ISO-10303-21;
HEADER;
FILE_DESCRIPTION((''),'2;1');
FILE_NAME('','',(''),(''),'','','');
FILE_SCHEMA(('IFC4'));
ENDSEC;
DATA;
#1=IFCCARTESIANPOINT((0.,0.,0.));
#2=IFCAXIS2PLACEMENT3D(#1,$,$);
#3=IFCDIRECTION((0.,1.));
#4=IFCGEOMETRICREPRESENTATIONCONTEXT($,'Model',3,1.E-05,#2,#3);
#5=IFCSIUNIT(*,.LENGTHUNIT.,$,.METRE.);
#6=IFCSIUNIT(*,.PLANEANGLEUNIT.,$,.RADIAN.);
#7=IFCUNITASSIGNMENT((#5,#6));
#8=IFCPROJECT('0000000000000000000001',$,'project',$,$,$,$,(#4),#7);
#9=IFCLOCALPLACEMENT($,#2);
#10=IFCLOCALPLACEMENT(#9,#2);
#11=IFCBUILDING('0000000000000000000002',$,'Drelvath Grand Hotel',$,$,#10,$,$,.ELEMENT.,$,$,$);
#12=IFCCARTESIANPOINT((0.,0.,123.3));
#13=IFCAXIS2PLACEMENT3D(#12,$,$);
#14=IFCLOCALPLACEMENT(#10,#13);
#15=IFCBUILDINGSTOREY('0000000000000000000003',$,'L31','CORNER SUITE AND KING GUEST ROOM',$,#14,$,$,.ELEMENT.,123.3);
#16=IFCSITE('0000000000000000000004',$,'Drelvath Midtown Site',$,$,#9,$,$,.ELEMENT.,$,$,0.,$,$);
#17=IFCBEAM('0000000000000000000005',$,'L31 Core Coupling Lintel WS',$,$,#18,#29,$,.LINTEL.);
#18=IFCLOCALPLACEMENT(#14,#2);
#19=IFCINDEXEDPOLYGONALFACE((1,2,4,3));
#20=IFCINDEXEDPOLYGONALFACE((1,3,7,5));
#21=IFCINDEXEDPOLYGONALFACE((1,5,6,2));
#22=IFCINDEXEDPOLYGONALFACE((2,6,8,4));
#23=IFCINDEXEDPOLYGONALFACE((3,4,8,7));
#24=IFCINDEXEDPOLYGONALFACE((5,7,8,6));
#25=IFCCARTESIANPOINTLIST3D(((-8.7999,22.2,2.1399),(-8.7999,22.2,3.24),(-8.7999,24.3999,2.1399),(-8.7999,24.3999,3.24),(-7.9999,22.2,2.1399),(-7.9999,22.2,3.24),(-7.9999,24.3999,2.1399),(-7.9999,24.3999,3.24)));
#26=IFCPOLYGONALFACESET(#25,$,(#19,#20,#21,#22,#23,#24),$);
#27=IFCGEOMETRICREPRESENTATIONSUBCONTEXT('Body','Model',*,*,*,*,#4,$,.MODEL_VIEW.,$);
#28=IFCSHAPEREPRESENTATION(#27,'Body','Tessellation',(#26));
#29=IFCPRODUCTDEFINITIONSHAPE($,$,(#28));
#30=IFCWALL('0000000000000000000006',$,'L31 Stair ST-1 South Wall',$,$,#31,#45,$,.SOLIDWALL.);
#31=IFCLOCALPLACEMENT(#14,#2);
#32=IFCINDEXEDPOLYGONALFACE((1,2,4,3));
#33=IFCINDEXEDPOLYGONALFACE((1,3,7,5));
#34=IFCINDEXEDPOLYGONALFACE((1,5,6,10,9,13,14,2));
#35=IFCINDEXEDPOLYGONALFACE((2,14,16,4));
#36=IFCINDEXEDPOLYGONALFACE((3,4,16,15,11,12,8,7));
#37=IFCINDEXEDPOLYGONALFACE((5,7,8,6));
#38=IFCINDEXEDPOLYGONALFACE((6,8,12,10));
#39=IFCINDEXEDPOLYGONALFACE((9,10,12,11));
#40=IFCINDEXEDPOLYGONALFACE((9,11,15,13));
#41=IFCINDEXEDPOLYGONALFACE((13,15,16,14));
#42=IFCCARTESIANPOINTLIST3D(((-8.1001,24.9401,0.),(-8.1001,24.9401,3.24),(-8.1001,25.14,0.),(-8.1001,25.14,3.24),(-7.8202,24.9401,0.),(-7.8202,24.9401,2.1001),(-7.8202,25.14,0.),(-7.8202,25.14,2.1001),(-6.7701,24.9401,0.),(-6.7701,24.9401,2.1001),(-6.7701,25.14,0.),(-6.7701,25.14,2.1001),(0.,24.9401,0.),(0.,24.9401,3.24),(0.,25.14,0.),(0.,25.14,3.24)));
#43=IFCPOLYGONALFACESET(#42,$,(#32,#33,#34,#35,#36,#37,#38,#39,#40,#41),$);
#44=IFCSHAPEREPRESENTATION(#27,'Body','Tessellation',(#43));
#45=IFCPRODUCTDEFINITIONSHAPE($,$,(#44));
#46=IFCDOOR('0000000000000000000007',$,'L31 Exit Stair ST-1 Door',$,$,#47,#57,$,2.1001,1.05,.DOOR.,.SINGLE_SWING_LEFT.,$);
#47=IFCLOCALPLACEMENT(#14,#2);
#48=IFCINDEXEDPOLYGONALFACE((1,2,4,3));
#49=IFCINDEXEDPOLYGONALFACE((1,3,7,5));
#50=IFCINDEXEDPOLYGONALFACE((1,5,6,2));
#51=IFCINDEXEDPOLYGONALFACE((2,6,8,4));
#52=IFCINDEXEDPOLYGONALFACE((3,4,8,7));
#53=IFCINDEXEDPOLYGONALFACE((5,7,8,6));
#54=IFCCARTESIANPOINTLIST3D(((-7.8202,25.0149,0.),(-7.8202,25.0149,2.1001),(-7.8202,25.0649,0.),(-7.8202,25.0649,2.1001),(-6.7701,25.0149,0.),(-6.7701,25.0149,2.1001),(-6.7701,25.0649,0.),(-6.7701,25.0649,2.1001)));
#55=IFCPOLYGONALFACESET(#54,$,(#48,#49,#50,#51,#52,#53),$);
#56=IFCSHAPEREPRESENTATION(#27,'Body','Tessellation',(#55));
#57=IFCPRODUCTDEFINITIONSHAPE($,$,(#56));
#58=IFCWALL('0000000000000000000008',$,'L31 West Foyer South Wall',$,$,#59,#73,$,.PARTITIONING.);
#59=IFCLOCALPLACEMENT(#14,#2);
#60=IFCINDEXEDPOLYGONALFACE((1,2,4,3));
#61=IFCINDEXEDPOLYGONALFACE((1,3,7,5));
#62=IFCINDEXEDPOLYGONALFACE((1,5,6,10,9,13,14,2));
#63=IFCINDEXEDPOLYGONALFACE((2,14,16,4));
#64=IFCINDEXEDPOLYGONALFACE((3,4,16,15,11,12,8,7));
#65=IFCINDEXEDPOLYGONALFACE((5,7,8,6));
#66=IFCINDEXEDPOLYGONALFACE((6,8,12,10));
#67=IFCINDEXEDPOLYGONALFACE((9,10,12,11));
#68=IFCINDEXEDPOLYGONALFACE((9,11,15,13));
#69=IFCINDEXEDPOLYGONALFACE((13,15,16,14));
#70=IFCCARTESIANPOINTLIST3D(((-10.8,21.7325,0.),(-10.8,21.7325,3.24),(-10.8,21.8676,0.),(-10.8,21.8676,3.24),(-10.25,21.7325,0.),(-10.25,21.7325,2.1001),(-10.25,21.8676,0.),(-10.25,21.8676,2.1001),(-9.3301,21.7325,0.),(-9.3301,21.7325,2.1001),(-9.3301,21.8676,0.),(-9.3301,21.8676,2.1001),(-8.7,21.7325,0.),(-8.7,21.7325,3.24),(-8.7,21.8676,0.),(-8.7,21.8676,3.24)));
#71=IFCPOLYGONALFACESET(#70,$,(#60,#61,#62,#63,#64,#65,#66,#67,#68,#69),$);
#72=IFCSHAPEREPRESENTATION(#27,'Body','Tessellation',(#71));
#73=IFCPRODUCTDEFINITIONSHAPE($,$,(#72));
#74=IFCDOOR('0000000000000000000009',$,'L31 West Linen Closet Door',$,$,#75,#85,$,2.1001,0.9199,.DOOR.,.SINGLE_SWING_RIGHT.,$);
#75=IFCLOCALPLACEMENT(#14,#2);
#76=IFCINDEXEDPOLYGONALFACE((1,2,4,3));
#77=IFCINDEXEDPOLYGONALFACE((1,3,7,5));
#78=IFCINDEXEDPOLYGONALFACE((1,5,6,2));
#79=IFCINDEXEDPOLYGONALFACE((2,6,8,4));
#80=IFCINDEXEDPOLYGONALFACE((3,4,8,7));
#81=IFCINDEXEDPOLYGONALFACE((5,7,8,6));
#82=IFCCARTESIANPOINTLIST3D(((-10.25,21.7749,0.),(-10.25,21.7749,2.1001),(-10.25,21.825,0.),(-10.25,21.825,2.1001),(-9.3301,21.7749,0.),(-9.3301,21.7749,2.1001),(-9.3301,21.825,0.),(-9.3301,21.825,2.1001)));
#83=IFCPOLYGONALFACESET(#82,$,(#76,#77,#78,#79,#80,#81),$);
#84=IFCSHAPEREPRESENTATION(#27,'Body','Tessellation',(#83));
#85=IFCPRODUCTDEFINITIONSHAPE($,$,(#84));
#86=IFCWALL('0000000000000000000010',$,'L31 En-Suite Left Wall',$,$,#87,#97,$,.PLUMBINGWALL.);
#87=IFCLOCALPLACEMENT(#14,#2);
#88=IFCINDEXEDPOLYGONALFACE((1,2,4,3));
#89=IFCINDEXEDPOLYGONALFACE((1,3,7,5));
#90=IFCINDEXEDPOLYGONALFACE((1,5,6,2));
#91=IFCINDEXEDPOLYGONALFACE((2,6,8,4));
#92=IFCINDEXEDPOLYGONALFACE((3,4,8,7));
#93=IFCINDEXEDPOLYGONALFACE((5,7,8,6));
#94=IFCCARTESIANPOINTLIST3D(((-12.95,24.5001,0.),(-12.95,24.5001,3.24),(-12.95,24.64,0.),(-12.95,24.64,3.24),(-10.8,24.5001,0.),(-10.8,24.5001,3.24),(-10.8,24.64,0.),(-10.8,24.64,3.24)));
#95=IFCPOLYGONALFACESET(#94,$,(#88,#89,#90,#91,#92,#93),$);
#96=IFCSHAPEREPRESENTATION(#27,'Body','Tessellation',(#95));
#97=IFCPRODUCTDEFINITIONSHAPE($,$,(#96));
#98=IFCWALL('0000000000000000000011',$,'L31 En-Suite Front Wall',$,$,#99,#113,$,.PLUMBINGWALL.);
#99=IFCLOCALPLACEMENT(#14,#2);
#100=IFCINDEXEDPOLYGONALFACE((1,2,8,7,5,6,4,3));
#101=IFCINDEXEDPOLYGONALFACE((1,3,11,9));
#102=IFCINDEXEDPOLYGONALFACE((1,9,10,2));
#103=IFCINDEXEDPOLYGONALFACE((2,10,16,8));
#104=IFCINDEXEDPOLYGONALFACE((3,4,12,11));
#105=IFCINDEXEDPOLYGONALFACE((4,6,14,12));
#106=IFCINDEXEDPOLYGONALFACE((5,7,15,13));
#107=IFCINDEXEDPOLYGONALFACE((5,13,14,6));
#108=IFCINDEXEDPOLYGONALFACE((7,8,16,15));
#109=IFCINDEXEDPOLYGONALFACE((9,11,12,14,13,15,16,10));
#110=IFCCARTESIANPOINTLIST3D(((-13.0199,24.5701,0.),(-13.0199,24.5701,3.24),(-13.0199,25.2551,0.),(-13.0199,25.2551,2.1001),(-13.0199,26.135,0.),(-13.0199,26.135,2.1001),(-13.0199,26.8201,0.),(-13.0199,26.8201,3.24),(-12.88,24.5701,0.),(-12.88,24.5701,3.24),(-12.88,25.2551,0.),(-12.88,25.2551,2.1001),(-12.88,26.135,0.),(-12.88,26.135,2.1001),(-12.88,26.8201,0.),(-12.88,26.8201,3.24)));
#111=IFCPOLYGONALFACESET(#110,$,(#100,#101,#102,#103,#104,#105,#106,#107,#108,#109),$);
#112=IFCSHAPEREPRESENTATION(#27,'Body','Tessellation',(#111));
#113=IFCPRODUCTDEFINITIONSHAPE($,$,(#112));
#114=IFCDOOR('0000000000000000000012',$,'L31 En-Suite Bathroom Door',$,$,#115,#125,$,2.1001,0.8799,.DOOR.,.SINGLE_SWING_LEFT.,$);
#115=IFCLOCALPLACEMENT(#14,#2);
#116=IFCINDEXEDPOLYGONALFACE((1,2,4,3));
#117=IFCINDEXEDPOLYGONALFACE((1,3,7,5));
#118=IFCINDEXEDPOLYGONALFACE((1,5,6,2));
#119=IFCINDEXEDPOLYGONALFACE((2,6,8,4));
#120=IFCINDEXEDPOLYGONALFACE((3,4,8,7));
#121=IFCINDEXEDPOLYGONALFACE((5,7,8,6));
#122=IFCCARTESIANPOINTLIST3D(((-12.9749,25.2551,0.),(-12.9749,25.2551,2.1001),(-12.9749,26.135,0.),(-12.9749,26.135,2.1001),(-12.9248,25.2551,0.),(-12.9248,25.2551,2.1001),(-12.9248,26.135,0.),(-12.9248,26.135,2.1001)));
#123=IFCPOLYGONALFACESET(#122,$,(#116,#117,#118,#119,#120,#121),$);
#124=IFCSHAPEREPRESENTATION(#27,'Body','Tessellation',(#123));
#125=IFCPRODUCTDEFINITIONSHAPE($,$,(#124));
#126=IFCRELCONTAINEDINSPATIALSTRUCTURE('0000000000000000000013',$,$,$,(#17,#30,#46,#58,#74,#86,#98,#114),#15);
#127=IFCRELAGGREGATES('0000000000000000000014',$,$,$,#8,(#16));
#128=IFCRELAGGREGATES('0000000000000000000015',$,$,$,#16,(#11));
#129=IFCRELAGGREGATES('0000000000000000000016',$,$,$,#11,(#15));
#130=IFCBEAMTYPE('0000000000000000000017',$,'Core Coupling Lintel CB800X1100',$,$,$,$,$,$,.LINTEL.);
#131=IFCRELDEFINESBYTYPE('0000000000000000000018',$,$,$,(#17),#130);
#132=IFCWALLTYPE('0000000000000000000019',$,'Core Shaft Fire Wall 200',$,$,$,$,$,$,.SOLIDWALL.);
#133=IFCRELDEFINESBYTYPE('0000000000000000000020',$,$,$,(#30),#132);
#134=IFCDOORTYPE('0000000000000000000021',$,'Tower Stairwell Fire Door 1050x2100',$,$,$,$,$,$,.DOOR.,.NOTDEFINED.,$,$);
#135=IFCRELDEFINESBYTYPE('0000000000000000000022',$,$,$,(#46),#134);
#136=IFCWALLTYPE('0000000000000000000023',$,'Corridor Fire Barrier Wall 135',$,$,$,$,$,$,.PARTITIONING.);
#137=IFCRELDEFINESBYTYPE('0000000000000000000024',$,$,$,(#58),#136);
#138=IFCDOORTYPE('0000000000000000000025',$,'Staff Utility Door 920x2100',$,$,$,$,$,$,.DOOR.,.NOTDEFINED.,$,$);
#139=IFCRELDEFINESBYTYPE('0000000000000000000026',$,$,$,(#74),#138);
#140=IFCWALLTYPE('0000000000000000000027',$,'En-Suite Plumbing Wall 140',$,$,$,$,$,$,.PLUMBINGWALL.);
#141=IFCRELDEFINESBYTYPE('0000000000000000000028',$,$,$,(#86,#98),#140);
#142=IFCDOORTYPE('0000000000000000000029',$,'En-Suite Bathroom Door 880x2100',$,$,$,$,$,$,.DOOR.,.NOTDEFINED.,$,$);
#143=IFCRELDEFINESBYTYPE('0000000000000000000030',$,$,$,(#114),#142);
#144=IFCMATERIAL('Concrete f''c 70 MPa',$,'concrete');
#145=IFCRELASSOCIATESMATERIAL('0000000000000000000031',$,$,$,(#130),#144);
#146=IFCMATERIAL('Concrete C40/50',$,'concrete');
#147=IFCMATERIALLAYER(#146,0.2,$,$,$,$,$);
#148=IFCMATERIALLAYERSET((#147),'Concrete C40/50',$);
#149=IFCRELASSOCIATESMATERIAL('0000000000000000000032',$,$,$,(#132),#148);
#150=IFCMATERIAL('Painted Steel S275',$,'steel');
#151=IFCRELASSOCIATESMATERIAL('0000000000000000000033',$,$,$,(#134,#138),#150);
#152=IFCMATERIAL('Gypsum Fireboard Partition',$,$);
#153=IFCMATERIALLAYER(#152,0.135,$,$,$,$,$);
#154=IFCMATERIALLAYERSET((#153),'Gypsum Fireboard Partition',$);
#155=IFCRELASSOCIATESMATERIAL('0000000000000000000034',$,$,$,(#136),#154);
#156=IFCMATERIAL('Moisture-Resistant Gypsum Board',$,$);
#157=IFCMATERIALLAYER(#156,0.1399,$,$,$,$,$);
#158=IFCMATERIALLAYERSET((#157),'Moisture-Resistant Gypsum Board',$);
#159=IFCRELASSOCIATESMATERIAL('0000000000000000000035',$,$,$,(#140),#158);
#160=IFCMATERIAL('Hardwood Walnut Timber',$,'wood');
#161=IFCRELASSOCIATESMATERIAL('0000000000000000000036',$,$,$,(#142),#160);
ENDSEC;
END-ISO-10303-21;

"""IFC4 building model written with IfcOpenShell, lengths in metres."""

from ifc_helpers import new_model, si_unit, direction, frame, frame_2d, origin, origin_2d, place, context, subcontext, project, spatial, rectangle, extrude, material, layer, layer_set, material_profile, profile_set, type_object, element, fill, save


model = new_model("IFC4")

# Units and contexts
model_context = context("Model", 3, precision=1e-05, world=origin(), true_north=direction((0.0, 1.0)))
body_context = subcontext(model_context, "Body", "Model", "MODEL_VIEW")
ifc_project = project(units=[si_unit("LENGTHUNIT", "METRE"), si_unit("PLANEANGLEUNIT", "RADIAN")], contexts=[model_context])

# Site, building, storey
site_placement = place(None, origin())
site = spatial("IfcSite", under=ifc_project, at=site_placement, Name="Drelvath Midtown Site", CompositionType="ELEMENT", RefElevation=0.0)
building_placement = place(site_placement, origin())
building = spatial("IfcBuilding", under=site, at=building_placement, Name="Drelvath Grand Hotel", CompositionType="ELEMENT")
storey_placement = place(building_placement, frame((0.0, 0.0, 123.3)))
storey = spatial("IfcBuildingStorey", under=building, at=storey_placement, Name="L31", Description="CORNER SUITE AND KING GUEST ROOM", CompositionType="ELEMENT", Elevation=123.3)

# Beam
ifc_material_1 = material(Name="Concrete f'c 70 MPa", Category="concrete")
ifc_material_profile = material_profile(ifc_material_1, rectangle(XDim=0.8, YDim=1.1001, at=origin_2d()), Name="CB800X1100")
ifc_profile_set = profile_set([ifc_material_profile], Name="Concrete f'c 70 MPa")
beam_type = type_object("IfcBeamType", Name="Core Coupling Lintel CB800X1100", PredefinedType="LINTEL", material=ifc_profile_set)
beam_placement = place(storey_placement, frame((-8.3999, 22.2, 2.6899), z_axis=(0.0, 1.0, 0.0), x_axis=(-1.0, 0.0, 0.0)))
element("IfcBeam", 1, at=beam_placement, inside=storey, type_object=beam_type, Name="L31 Core Coupling Lintel WS", PredefinedType="LINTEL", context=body_context, shape_type="SweptSolid", body=[
    extrude(rectangle(XDim=0.8, YDim=1.1001, at=origin_2d()), origin(), (0.0, 0.0, 1.0), 2.2),
])

# Walls, openings, doors
ifc_material_2 = material(Name="Concrete C40/50", Category="concrete")
ifc_layer_1 = layer(ifc_material_2, 0.2)
ifc_layer_set_1 = layer_set([ifc_layer_1], Name="Concrete C40/50")
wall_type_1 = type_object("IfcWallType", Name="Core Shaft Fire Wall 200", PredefinedType="SOLIDWALL", material=ifc_layer_set_1)
wall_1_placement = place(storey_placement, frame((-8.1001, 25.04, 0.0), z_axis=(0.0, 0.0, 1.0), x_axis=(1.0, 0.0, 0.0)))
wall_1 = element("IfcWall", 2, at=wall_1_placement, inside=storey, type_object=wall_type_1, Name="L31 Stair ST-1 South Wall", PredefinedType="SOLIDWALL", context=body_context, shape_type="SweptSolid", body=[
    extrude(rectangle(XDim=8.1001, YDim=0.2, at=frame_2d((4.05, 0.0))), origin(), (0.0, 0.0, 1.0), 3.24),
])
opening_1_placement = place(wall_1_placement, frame((0.28, 0.0, 0.0)))
opening_1 = element("IfcOpeningElement", 3, at=opening_1_placement, cuts=wall_1, PredefinedType="OPENING", context=body_context, shape_type="SweptSolid", body=[
    extrude(rectangle(XDim=1.05, YDim=2.1001, at=frame_2d((0.5249, 1.05))), frame((0.0, 0.1099, 0.0), z_axis=(0.0, -1.0, 0.0), x_axis=(1.0, 0.0, 0.0)), (0.0, 0.0, 1.0), 0.22),
])
ifc_material_3 = material(Name="Painted Steel S275", Category="steel")
door_type_1 = type_object("IfcDoorType", Name="Tower Stairwell Fire Door 1050x2100", OperationType="NOTDEFINED", PredefinedType="DOOR", material=ifc_material_3)
door_1_placement = place(opening_1_placement, origin())
door_1 = element("IfcDoor", 4, at=door_1_placement, inside=storey, type_object=door_type_1, Name="L31 Exit Stair ST-1 Door", OperationType="SINGLE_SWING_LEFT", OverallHeight=2.1001, OverallWidth=1.05, PredefinedType="DOOR", context=body_context, shape_type="SweptSolid", body=[
    extrude(rectangle(XDim=1.05, YDim=2.1001, at=frame_2d((0.5249, 1.05))), frame((0.0, 0.0249, 0.0), z_axis=(0.0, -1.0, 0.0), x_axis=(1.0, 0.0, 0.0)), (0.0, 0.0, 1.0), 0.05),
])
fill(opening_1, door_1)
ifc_material_4 = material(Name="Gypsum Fireboard Partition")
ifc_layer_2 = layer(ifc_material_4, 0.135)
ifc_layer_set_2 = layer_set([ifc_layer_2], Name="Gypsum Fireboard Partition")
wall_type_2 = type_object("IfcWallType", Name="Corridor Fire Barrier Wall 135", PredefinedType="PARTITIONING", material=ifc_layer_set_2)
wall_2_placement = place(storey_placement, frame((-10.8, 21.8, 0.0), z_axis=(0.0, 0.0, 1.0), x_axis=(1.0, 0.0, 0.0)))
wall_2 = element("IfcWall", 5, at=wall_2_placement, inside=storey, type_object=wall_type_2, Name="L31 West Foyer South Wall", PredefinedType="PARTITIONING", context=body_context, shape_type="SweptSolid", body=[
    extrude(rectangle(XDim=2.1001, YDim=0.135, at=frame_2d((1.05, 0.0))), origin(), (0.0, 0.0, 1.0), 3.24),
])
opening_2_placement = place(wall_2_placement, frame((0.55, 0.0, 0.0)))
opening_2 = element("IfcOpeningElement", 6, at=opening_2_placement, cuts=wall_2, PredefinedType="OPENING", context=body_context, shape_type="SweptSolid", body=[
    extrude(rectangle(XDim=0.9199, YDim=2.1001, at=frame_2d((0.46, 1.05))), frame((0.0, 0.0774, 0.0), z_axis=(0.0, -1.0, 0.0), x_axis=(1.0, 0.0, 0.0)), (0.0, 0.0, 1.0), 0.155),
])
door_type_2 = type_object("IfcDoorType", Name="Staff Utility Door 920x2100", OperationType="NOTDEFINED", PredefinedType="DOOR", material=ifc_material_3)
door_2_placement = place(opening_2_placement, origin())
door_2 = element("IfcDoor", 7, at=door_2_placement, inside=storey, type_object=door_type_2, Name="L31 West Linen Closet Door", OperationType="SINGLE_SWING_RIGHT", OverallHeight=2.1001, OverallWidth=0.9199, PredefinedType="DOOR", context=body_context, shape_type="SweptSolid", body=[
    extrude(rectangle(XDim=0.9199, YDim=2.1001, at=frame_2d((0.46, 1.05))), frame((0.0, 0.0249, 0.0), z_axis=(0.0, -1.0, 0.0), x_axis=(1.0, 0.0, 0.0)), (0.0, 0.0, 1.0), 0.05),
])
fill(opening_2, door_2)

# Wall
ifc_material_5 = material(Name="Moisture-Resistant Gypsum Board")
ifc_layer_3 = layer(ifc_material_5, 0.1399)
ifc_layer_set_3 = layer_set([ifc_layer_3], Name="Moisture-Resistant Gypsum Board")
wall_type_3 = type_object("IfcWallType", Name="En-Suite Plumbing Wall 140", PredefinedType="PLUMBINGWALL", material=ifc_layer_set_3)
wall_3_placement = place(storey_placement, frame((-10.8, 24.5701, 0.0), z_axis=(0.0, 0.0, 1.0), x_axis=(-1.0, 0.0, 0.0)))
element("IfcWall", 8, at=wall_3_placement, inside=storey, type_object=wall_type_3, Name="L31 En-Suite Left Wall", PredefinedType="PLUMBINGWALL", context=body_context, shape_type="SweptSolid", body=[
    extrude(rectangle(XDim=2.1499, YDim=0.1399, at=frame_2d((1.075, 0.0))), origin(), (0.0, 0.0, 1.0), 3.24),
])

# Wall, opening, door
wall_4_placement = place(storey_placement, frame((-12.95, 24.5701, 0.0), z_axis=(0.0, 0.0, 1.0), x_axis=(0.0, 1.0, 0.0)))
wall_4 = element("IfcWall", 9, at=wall_4_placement, inside=storey, type_object=wall_type_3, Name="L31 En-Suite Front Wall", PredefinedType="PLUMBINGWALL", context=body_context, shape_type="SweptSolid", body=[
    extrude(rectangle(XDim=2.25, YDim=0.1399, at=frame_2d((1.125, 0.0))), origin(), (0.0, 0.0, 1.0), 3.24),
])
opening_3_placement = place(wall_4_placement, frame((0.6851, 0.0, 0.0)))
opening_3 = element("IfcOpeningElement", 10, at=opening_3_placement, cuts=wall_4, PredefinedType="OPENING", context=body_context, shape_type="SweptSolid", body=[
    extrude(rectangle(XDim=0.8799, YDim=2.1001, at=frame_2d((0.4399, 1.05))), frame((0.0, 0.0798, 0.0), z_axis=(0.0, -1.0, 0.0), x_axis=(1.0, 0.0, 0.0)), (0.0, 0.0, 1.0), 0.1599),
])
ifc_material_6 = material(Name="Hardwood Walnut Timber", Category="wood")
door_type_3 = type_object("IfcDoorType", Name="En-Suite Bathroom Door 880x2100", OperationType="NOTDEFINED", PredefinedType="DOOR", material=ifc_material_6)
door_3_placement = place(opening_3_placement, origin())
door_3 = element("IfcDoor", 11, at=door_3_placement, inside=storey, type_object=door_type_3, Name="L31 En-Suite Bathroom Door", OperationType="SINGLE_SWING_LEFT", OverallHeight=2.1001, OverallWidth=0.8799, PredefinedType="DOOR", context=body_context, shape_type="SweptSolid", body=[
    extrude(rectangle(XDim=0.8799, YDim=2.1001, at=frame_2d((0.4399, 1.05))), frame((0.0, 0.0249, 0.0), z_axis=(0.0, -1.0, 0.0), x_axis=(1.0, 0.0, 0.0)), (0.0, 0.0, 1.0), 0.05),
])
fill(opening_3, door_3)

save(model, "model.ifc")
